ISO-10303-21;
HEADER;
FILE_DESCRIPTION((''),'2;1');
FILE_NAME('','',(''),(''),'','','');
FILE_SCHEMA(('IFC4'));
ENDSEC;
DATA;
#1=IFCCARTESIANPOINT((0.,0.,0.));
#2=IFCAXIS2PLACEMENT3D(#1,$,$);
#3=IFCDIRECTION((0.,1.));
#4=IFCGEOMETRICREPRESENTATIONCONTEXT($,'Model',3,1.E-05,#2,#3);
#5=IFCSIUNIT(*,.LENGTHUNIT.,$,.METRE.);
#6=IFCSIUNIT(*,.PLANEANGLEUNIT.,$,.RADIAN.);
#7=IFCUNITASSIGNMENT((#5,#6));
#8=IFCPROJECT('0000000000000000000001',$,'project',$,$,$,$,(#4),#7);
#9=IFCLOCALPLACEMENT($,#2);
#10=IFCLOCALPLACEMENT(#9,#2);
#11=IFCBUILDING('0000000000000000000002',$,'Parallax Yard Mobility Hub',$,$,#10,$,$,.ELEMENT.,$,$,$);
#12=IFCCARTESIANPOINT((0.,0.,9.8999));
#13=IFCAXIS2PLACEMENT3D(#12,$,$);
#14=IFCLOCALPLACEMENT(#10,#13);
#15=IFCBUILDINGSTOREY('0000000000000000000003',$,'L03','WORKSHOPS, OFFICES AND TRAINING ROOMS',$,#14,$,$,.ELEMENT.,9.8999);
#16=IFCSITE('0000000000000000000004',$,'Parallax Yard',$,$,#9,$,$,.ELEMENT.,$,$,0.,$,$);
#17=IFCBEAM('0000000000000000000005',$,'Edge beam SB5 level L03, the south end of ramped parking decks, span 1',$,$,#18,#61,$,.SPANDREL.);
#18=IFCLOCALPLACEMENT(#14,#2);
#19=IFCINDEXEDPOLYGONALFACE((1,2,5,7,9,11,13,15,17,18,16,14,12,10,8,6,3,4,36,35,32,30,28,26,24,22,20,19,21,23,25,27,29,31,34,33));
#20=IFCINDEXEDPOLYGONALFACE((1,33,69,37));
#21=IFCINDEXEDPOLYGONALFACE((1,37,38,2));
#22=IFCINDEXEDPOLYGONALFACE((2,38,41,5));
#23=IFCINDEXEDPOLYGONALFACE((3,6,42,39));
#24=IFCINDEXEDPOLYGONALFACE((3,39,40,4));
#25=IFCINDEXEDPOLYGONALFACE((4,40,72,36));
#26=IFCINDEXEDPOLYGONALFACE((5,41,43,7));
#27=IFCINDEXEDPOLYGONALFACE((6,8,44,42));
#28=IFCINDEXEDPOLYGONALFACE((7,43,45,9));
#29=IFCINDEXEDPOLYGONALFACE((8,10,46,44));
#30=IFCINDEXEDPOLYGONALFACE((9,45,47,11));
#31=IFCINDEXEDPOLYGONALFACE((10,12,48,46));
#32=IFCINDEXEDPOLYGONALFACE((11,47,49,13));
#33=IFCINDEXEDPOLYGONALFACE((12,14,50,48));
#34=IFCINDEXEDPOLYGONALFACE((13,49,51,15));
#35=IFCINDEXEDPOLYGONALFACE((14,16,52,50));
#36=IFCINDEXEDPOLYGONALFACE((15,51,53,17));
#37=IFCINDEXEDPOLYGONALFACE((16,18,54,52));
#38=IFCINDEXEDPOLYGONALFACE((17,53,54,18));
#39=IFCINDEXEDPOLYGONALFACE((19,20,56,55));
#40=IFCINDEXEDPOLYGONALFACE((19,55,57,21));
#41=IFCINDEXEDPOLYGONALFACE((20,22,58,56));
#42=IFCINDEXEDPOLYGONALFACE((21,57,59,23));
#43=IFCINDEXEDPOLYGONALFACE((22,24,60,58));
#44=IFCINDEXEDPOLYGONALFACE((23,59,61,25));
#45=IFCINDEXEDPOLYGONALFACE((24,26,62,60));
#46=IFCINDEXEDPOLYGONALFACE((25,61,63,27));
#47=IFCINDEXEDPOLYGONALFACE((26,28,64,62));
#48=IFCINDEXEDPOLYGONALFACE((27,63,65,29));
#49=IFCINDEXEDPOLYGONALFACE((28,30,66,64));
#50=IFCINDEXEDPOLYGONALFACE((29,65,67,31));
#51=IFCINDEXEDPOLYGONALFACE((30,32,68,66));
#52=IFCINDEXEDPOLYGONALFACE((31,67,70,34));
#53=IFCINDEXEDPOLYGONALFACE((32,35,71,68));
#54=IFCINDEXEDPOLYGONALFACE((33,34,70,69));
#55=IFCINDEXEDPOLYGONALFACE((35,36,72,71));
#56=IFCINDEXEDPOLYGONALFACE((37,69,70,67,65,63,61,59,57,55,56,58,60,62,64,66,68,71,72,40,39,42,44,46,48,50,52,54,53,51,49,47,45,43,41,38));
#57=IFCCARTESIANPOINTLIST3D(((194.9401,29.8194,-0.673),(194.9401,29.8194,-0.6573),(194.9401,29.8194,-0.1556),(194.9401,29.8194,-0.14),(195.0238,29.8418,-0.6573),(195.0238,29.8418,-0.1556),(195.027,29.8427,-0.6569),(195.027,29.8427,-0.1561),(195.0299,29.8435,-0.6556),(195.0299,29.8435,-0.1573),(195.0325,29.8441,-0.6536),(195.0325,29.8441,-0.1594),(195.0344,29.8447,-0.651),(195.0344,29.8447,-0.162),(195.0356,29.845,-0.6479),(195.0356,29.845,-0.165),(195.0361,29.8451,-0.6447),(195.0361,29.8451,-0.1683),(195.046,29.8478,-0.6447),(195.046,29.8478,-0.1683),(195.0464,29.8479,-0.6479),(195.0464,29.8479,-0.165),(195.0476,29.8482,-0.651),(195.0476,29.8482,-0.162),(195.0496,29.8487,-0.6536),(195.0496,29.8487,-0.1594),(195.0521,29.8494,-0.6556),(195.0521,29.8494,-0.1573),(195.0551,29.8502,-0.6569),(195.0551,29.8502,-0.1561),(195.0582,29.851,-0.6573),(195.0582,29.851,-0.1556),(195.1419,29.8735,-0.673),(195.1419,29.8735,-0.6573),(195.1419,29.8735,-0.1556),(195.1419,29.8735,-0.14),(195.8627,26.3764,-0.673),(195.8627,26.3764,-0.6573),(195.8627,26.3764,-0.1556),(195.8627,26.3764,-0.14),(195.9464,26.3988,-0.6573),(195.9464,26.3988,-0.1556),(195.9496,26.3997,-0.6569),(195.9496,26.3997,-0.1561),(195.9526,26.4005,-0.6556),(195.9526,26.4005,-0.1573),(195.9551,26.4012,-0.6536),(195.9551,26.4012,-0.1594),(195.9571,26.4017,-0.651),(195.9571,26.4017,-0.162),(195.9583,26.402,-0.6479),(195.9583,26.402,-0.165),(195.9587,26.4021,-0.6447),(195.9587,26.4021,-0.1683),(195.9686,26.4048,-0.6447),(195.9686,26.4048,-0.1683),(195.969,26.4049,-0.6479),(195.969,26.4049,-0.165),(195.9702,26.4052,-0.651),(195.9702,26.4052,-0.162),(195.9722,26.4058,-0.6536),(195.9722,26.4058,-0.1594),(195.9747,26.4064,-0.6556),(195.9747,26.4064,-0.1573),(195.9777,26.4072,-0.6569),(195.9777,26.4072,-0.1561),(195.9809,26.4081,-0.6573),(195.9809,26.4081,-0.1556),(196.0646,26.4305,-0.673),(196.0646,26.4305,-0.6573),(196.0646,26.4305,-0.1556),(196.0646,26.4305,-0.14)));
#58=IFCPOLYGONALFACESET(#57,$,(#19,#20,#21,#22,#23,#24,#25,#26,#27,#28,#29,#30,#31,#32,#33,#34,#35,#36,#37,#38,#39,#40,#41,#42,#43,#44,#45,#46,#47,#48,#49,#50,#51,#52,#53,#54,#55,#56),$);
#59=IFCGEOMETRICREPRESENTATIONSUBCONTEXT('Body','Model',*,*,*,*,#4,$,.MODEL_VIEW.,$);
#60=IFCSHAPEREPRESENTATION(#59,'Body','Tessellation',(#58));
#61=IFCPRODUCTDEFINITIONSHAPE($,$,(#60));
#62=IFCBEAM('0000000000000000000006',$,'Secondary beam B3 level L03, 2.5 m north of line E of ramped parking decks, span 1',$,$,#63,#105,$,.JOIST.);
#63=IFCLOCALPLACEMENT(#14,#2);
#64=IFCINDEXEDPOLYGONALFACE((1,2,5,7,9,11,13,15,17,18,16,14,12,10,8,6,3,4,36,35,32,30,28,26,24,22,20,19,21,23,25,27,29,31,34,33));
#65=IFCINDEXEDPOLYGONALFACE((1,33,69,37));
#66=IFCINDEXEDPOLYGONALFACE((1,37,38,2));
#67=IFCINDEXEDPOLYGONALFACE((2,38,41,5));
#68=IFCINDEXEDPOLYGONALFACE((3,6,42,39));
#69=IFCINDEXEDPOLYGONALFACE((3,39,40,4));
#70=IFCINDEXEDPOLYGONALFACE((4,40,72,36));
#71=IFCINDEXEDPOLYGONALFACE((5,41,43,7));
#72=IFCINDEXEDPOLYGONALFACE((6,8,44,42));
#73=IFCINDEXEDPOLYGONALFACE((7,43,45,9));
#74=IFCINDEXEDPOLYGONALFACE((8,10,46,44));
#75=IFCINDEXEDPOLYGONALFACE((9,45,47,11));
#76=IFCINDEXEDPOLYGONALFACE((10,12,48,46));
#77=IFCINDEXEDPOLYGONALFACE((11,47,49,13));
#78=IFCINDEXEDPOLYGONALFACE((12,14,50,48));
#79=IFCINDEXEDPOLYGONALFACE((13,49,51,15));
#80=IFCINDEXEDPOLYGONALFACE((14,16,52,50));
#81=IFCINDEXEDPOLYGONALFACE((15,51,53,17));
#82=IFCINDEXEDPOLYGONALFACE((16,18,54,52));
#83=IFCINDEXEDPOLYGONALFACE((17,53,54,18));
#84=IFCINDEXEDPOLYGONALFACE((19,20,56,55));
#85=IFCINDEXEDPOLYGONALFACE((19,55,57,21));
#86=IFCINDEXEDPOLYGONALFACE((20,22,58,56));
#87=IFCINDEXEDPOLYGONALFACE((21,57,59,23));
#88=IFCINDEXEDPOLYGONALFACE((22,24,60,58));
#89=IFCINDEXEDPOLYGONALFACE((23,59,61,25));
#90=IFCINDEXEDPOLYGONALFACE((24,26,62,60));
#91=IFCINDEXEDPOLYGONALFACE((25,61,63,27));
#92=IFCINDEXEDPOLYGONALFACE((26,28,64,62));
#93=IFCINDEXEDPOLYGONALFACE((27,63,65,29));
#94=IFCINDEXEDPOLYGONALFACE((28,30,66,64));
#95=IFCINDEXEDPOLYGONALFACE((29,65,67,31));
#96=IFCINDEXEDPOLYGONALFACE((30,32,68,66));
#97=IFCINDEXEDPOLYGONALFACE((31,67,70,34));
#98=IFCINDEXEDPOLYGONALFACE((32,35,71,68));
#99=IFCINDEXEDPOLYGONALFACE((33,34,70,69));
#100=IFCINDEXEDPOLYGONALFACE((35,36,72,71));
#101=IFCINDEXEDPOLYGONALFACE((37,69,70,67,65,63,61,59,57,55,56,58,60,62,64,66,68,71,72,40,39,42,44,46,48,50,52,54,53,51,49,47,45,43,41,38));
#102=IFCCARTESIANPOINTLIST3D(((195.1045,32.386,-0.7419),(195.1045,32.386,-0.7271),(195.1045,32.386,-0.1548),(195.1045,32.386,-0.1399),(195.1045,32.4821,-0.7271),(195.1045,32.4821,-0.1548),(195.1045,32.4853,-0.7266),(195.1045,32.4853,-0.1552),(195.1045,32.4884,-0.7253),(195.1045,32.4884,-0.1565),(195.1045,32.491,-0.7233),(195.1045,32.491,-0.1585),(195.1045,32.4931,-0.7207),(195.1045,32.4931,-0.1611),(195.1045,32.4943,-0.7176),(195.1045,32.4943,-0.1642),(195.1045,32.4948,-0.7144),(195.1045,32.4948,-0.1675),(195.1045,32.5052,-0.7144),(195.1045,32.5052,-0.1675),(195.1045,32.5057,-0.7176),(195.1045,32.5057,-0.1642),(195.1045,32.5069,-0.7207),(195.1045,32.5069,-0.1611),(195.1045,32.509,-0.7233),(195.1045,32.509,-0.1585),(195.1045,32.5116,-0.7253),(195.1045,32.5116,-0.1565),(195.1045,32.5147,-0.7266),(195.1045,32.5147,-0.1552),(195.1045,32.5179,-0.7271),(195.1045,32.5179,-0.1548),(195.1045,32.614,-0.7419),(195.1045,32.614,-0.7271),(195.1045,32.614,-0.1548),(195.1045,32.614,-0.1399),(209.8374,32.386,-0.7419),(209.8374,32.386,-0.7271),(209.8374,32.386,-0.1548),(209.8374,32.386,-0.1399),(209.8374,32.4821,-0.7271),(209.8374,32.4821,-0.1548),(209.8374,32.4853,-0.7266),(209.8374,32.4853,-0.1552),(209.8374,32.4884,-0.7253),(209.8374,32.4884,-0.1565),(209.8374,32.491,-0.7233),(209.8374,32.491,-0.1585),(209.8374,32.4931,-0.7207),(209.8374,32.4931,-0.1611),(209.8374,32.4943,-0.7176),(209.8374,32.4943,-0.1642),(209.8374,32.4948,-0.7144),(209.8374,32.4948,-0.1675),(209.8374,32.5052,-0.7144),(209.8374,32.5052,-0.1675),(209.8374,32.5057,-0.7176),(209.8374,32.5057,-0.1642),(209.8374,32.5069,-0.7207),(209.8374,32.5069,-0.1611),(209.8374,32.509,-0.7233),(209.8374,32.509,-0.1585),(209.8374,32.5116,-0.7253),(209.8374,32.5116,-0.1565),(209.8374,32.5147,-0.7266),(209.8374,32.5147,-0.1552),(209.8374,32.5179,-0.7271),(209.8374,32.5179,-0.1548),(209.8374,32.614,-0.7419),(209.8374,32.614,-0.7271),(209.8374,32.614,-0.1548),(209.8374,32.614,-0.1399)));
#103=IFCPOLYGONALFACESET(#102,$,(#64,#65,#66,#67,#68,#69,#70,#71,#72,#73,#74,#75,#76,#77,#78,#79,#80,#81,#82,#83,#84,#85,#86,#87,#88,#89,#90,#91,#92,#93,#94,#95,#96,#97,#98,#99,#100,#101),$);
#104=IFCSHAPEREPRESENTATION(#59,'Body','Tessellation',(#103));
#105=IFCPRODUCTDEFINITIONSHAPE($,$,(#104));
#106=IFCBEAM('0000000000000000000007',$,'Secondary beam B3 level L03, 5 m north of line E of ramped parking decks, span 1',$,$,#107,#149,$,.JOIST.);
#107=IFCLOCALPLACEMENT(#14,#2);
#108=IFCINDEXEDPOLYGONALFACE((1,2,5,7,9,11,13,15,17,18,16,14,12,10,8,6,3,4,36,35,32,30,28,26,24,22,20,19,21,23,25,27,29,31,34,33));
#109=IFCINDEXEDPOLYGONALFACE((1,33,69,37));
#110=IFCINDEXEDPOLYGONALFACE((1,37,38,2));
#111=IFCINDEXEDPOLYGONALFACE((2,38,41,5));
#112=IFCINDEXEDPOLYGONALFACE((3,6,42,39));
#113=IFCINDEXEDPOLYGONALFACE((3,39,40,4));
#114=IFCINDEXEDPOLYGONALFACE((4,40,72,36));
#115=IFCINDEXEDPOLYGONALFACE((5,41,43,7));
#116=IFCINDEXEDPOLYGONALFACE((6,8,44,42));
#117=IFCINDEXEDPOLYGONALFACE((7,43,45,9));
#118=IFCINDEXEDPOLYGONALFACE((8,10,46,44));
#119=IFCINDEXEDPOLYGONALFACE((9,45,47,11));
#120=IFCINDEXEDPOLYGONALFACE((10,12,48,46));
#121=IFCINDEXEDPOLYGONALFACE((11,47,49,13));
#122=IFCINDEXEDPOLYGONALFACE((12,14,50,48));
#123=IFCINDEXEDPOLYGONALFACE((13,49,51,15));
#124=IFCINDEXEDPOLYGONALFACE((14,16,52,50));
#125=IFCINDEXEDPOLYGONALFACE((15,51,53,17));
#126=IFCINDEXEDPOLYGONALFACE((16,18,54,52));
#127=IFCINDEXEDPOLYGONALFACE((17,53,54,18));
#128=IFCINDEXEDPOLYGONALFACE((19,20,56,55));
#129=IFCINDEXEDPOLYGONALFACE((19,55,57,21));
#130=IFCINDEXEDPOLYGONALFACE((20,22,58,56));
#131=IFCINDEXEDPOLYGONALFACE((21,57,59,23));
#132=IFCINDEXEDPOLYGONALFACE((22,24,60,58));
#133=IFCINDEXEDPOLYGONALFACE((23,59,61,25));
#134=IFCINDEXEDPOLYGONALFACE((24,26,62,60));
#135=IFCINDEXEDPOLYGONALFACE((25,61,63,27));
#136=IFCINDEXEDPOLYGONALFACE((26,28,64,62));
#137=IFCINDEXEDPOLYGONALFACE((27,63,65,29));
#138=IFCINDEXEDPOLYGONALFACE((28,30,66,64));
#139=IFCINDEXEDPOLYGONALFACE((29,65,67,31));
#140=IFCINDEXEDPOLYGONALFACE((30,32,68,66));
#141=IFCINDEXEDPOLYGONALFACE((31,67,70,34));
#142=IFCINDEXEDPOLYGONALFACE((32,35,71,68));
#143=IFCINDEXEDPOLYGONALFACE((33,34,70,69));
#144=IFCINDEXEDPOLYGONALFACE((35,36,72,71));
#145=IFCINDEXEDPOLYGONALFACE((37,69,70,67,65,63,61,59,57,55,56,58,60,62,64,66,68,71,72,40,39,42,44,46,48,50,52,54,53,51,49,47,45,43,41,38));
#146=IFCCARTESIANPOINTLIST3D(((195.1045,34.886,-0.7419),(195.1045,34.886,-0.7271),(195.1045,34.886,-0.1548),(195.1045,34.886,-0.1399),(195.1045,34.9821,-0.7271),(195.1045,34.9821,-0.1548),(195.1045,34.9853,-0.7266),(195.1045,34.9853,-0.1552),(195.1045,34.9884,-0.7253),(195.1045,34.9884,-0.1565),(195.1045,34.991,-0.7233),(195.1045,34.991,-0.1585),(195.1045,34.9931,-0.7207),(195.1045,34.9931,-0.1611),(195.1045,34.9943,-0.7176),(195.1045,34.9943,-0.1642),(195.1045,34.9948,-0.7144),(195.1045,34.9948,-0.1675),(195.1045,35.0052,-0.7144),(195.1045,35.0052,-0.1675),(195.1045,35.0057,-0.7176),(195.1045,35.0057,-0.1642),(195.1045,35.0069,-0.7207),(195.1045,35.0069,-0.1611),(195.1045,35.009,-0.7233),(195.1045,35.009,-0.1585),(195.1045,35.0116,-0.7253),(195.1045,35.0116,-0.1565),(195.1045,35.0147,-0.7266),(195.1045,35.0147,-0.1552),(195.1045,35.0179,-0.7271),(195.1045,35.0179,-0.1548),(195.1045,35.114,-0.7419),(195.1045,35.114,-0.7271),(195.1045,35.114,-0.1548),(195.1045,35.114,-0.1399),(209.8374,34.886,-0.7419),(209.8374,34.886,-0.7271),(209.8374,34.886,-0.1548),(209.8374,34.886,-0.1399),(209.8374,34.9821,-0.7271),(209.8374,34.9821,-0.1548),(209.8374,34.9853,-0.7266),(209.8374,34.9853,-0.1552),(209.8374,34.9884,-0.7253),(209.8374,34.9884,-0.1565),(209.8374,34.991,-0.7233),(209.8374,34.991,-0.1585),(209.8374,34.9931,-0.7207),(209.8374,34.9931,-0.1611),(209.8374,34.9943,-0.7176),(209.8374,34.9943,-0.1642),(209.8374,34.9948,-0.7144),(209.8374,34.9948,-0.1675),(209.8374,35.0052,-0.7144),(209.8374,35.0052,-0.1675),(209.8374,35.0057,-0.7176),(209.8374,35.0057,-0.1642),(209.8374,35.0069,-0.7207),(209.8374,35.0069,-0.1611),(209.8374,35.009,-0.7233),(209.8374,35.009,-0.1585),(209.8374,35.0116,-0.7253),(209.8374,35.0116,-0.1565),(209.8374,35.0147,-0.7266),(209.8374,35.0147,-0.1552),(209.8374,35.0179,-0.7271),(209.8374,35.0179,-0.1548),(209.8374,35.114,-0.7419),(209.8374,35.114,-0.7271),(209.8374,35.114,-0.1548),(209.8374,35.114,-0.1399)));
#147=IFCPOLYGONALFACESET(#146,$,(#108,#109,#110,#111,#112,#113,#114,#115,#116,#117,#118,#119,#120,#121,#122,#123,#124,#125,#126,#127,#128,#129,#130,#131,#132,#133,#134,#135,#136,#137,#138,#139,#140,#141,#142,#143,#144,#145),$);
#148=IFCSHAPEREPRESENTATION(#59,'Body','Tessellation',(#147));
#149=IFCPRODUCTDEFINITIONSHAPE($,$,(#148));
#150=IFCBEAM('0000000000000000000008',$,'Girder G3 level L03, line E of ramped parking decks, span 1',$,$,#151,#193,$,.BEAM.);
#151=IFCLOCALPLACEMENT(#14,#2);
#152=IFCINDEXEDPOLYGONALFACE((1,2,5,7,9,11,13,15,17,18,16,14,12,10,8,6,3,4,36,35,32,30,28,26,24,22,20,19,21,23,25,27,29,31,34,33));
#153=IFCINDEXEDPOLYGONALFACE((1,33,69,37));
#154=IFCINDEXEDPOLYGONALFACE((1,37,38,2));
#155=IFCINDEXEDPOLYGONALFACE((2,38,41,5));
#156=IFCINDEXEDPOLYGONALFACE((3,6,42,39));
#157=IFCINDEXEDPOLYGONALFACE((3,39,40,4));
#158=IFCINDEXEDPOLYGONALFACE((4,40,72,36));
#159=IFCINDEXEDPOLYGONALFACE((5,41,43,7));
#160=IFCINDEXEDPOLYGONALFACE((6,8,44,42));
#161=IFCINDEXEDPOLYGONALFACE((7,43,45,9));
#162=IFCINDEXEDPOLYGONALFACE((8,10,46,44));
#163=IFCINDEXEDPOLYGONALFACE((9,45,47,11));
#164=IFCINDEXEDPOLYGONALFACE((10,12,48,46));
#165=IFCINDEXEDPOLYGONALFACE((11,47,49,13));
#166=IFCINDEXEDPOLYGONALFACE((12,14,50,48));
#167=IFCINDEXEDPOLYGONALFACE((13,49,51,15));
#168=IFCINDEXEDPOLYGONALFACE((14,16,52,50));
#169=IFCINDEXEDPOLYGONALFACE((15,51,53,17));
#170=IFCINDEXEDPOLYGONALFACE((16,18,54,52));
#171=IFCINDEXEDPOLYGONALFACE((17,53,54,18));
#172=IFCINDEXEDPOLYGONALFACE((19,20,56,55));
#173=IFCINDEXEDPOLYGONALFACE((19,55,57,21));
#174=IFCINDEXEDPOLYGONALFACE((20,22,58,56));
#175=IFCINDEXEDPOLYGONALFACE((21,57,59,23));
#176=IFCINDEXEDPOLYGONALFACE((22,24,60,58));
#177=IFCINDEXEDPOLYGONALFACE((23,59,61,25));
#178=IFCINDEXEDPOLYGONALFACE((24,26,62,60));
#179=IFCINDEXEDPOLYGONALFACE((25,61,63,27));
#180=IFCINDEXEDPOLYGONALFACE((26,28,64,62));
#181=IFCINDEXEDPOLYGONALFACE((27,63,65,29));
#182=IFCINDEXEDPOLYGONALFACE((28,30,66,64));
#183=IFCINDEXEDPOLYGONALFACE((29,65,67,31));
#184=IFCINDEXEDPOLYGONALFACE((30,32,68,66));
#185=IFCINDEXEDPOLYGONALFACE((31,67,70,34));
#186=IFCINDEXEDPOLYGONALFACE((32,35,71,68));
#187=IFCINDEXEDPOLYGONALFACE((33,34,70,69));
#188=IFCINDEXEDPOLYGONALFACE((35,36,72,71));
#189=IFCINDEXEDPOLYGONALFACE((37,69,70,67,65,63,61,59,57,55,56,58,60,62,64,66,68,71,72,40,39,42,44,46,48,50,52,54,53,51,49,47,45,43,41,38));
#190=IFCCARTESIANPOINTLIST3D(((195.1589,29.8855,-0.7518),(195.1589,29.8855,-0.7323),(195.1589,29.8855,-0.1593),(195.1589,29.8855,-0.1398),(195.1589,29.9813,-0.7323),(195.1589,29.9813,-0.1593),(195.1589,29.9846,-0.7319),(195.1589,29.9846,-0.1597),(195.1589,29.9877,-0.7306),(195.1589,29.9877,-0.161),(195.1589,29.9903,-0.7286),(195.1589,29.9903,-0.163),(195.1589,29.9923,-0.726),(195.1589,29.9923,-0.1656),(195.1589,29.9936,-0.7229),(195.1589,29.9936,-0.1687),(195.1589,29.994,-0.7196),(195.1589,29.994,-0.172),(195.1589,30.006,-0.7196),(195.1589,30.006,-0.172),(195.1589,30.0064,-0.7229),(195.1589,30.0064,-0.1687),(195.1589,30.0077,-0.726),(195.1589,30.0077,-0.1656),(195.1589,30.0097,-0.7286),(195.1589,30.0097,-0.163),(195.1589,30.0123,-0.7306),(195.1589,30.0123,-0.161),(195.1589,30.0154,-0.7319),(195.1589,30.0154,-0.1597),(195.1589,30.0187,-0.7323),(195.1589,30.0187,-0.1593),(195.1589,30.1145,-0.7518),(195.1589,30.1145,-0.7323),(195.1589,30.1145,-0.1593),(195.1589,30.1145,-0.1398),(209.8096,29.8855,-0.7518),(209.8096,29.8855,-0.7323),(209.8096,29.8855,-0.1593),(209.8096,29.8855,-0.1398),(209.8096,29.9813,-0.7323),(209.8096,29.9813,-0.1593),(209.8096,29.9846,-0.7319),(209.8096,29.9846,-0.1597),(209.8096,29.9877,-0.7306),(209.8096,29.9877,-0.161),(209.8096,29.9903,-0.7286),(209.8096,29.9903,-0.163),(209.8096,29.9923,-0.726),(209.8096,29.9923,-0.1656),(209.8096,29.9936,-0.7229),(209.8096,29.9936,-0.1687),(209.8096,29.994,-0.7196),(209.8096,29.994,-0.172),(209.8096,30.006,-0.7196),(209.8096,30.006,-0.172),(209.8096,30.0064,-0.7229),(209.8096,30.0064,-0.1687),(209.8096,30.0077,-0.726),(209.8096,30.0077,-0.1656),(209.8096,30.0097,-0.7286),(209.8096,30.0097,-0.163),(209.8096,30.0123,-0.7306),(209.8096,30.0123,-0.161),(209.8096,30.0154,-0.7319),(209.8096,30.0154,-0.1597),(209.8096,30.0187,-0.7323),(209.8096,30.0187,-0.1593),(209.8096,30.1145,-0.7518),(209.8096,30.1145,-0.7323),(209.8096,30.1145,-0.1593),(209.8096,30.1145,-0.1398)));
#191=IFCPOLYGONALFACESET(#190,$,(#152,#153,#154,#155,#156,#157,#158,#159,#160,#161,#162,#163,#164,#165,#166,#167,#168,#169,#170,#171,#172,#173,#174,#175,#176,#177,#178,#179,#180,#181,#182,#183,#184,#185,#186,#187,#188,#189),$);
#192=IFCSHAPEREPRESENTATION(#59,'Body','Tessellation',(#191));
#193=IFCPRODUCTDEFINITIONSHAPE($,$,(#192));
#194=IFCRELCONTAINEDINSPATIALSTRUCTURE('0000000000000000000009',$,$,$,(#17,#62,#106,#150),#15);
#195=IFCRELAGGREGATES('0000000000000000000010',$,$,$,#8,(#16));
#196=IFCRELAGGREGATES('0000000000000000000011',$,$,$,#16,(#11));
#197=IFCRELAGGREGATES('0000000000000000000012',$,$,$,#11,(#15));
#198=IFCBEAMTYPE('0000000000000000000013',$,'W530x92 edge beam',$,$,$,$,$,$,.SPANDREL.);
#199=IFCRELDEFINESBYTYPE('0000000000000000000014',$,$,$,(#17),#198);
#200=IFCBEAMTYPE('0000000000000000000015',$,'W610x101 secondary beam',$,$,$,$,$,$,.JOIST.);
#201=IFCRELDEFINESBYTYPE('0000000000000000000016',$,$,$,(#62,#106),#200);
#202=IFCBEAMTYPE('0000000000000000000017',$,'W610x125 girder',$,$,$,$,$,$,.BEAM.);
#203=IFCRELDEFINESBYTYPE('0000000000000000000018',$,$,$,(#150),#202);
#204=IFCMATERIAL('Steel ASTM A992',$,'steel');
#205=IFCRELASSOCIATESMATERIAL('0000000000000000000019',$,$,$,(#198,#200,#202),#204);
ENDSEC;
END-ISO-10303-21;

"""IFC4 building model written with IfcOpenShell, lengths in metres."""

from ifc_helpers import new_model, si_unit, direction, frame, origin, origin_2d, place, context, subcontext, project, spatial, i_section, extrude, material, material_profile, profile_set, type_object, element, save


model = new_model("IFC4")

# Units and contexts
model_context = context("Model", 3, precision=1e-05, world=origin(), true_north=direction((0.0, 1.0)))
body_context = subcontext(model_context, "Body", "Model", "MODEL_VIEW")
ifc_project = project(units=[si_unit("LENGTHUNIT", "METRE"), si_unit("PLANEANGLEUNIT", "RADIAN")], contexts=[model_context])

# Site, building, storey
site_placement = place(None, origin())
site = spatial("IfcSite", under=ifc_project, at=site_placement, Name="Parallax Yard", CompositionType="ELEMENT", RefElevation=0.0)
building_placement = place(site_placement, origin())
building = spatial("IfcBuilding", under=site, at=building_placement, Name="Parallax Yard Mobility Hub", CompositionType="ELEMENT")
storey_placement = place(building_placement, frame((0.0, 0.0, 9.8999)))
storey = spatial("IfcBuildingStorey", under=building, at=storey_placement, Name="L03", Description="WORKSHOPS, OFFICES AND TRAINING ROOMS", CompositionType="ELEMENT", Elevation=9.8999)

# Shared definitions
ifc_material_1 = material(Name="Steel ASTM A992", Category="steel")

# Beams
ifc_material_profile_1 = material_profile(ifc_material_1, i_section(OverallWidth=0.209, OverallDepth=0.533, WebThickness=0.0103, FlangeThickness=0.0156, FilletRadius=0.0127, at=origin_2d()), Name="W530x92")
ifc_profile_set_1 = profile_set([ifc_material_profile_1], Name="Steel ASTM A992")
beam_type_1 = type_object("IfcBeamType", Name="W530x92 edge beam", PredefinedType="SPANDREL", material=ifc_profile_set_1)
beam_1_placement = place(storey_placement, frame((195.041, 29.8464, -0.4065), z_axis=(0.258843, -0.965919, 0.0), x_axis=(0.965919, 0.258843, 0.0)))
element("IfcBeam", 1, at=beam_1_placement, inside=storey, type_object=beam_type_1, Name="Edge beam SB5 level L03, the south end of ramped parking decks, span 1", PredefinedType="SPANDREL", context=body_context, shape_type="SweptSolid", body=[
    extrude(i_section(OverallWidth=0.209, OverallDepth=0.533, WebThickness=0.0103, FlangeThickness=0.0156, FilletRadius=0.0127, at=origin_2d()), origin(), (0.0, 0.0, 1.0), 3.5645),
])
ifc_material_profile_2 = material_profile(ifc_material_1, i_section(OverallWidth=0.228, OverallDepth=0.6021, WebThickness=0.0105, FlangeThickness=0.0149, FilletRadius=0.0127, at=origin_2d()), Name="W610x101")
ifc_profile_set_2 = profile_set([ifc_material_profile_2], Name="Steel ASTM A992")
beam_type_2 = type_object("IfcBeamType", Name="W610x101 secondary beam", PredefinedType="JOIST", material=ifc_profile_set_2)
for number, where, z_axis, x_axis, name in (
    (2, (195.1045, 32.5, -0.4409), (1.0, 0.0, 0.0), (0.0, 1.0, 0.0), "Secondary beam B3 level L03, 2.5 m north of line E of ramped parking decks, span 1"),
    (3, (195.1045, 35.0, -0.4409), (1.0, 0.0, 0.0), (0.0, 1.0, 0.0), "Secondary beam B3 level L03, 5 m north of line E of ramped parking decks, span 1"),
):
    element("IfcBeam", number, at=place(storey_placement, frame(where, z_axis=z_axis, x_axis=x_axis)), inside=storey, type_object=beam_type_2, Name=name, PredefinedType="JOIST", context=body_context, shape_type="SweptSolid", body=[
        extrude(i_section(OverallWidth=0.228, OverallDepth=0.6021, WebThickness=0.0105, FlangeThickness=0.0149, FilletRadius=0.0127, at=origin_2d()), origin(), (0.0, 0.0, 1.0), 14.7329),
    ])
ifc_material_profile_3 = material_profile(ifc_material_1, i_section(OverallWidth=0.229, OverallDepth=0.6121, WebThickness=0.012, FlangeThickness=0.0195, FilletRadius=0.0127, at=origin_2d()), Name="W610x125")
ifc_profile_set_3 = profile_set([ifc_material_profile_3], Name="Steel ASTM A992")
beam_type_3 = type_object("IfcBeamType", Name="W610x125 girder", PredefinedType="BEAM", material=ifc_profile_set_3)
beam_2_placement = place(storey_placement, frame((195.1589, 30.0, -0.4458), z_axis=(1.0, 0.0, 0.0), x_axis=(0.0, 1.0, 0.0)))
element("IfcBeam", 4, at=beam_2_placement, inside=storey, type_object=beam_type_3, Name="Girder G3 level L03, line E of ramped parking decks, span 1", PredefinedType="BEAM", context=body_context, shape_type="SweptSolid", body=[
    extrude(i_section(OverallWidth=0.229, OverallDepth=0.6121, WebThickness=0.012, FlangeThickness=0.0195, FilletRadius=0.0127, at=origin_2d()), origin(), (0.0, 0.0, 1.0), 14.6506),
])

save(model, "model.ifc")
